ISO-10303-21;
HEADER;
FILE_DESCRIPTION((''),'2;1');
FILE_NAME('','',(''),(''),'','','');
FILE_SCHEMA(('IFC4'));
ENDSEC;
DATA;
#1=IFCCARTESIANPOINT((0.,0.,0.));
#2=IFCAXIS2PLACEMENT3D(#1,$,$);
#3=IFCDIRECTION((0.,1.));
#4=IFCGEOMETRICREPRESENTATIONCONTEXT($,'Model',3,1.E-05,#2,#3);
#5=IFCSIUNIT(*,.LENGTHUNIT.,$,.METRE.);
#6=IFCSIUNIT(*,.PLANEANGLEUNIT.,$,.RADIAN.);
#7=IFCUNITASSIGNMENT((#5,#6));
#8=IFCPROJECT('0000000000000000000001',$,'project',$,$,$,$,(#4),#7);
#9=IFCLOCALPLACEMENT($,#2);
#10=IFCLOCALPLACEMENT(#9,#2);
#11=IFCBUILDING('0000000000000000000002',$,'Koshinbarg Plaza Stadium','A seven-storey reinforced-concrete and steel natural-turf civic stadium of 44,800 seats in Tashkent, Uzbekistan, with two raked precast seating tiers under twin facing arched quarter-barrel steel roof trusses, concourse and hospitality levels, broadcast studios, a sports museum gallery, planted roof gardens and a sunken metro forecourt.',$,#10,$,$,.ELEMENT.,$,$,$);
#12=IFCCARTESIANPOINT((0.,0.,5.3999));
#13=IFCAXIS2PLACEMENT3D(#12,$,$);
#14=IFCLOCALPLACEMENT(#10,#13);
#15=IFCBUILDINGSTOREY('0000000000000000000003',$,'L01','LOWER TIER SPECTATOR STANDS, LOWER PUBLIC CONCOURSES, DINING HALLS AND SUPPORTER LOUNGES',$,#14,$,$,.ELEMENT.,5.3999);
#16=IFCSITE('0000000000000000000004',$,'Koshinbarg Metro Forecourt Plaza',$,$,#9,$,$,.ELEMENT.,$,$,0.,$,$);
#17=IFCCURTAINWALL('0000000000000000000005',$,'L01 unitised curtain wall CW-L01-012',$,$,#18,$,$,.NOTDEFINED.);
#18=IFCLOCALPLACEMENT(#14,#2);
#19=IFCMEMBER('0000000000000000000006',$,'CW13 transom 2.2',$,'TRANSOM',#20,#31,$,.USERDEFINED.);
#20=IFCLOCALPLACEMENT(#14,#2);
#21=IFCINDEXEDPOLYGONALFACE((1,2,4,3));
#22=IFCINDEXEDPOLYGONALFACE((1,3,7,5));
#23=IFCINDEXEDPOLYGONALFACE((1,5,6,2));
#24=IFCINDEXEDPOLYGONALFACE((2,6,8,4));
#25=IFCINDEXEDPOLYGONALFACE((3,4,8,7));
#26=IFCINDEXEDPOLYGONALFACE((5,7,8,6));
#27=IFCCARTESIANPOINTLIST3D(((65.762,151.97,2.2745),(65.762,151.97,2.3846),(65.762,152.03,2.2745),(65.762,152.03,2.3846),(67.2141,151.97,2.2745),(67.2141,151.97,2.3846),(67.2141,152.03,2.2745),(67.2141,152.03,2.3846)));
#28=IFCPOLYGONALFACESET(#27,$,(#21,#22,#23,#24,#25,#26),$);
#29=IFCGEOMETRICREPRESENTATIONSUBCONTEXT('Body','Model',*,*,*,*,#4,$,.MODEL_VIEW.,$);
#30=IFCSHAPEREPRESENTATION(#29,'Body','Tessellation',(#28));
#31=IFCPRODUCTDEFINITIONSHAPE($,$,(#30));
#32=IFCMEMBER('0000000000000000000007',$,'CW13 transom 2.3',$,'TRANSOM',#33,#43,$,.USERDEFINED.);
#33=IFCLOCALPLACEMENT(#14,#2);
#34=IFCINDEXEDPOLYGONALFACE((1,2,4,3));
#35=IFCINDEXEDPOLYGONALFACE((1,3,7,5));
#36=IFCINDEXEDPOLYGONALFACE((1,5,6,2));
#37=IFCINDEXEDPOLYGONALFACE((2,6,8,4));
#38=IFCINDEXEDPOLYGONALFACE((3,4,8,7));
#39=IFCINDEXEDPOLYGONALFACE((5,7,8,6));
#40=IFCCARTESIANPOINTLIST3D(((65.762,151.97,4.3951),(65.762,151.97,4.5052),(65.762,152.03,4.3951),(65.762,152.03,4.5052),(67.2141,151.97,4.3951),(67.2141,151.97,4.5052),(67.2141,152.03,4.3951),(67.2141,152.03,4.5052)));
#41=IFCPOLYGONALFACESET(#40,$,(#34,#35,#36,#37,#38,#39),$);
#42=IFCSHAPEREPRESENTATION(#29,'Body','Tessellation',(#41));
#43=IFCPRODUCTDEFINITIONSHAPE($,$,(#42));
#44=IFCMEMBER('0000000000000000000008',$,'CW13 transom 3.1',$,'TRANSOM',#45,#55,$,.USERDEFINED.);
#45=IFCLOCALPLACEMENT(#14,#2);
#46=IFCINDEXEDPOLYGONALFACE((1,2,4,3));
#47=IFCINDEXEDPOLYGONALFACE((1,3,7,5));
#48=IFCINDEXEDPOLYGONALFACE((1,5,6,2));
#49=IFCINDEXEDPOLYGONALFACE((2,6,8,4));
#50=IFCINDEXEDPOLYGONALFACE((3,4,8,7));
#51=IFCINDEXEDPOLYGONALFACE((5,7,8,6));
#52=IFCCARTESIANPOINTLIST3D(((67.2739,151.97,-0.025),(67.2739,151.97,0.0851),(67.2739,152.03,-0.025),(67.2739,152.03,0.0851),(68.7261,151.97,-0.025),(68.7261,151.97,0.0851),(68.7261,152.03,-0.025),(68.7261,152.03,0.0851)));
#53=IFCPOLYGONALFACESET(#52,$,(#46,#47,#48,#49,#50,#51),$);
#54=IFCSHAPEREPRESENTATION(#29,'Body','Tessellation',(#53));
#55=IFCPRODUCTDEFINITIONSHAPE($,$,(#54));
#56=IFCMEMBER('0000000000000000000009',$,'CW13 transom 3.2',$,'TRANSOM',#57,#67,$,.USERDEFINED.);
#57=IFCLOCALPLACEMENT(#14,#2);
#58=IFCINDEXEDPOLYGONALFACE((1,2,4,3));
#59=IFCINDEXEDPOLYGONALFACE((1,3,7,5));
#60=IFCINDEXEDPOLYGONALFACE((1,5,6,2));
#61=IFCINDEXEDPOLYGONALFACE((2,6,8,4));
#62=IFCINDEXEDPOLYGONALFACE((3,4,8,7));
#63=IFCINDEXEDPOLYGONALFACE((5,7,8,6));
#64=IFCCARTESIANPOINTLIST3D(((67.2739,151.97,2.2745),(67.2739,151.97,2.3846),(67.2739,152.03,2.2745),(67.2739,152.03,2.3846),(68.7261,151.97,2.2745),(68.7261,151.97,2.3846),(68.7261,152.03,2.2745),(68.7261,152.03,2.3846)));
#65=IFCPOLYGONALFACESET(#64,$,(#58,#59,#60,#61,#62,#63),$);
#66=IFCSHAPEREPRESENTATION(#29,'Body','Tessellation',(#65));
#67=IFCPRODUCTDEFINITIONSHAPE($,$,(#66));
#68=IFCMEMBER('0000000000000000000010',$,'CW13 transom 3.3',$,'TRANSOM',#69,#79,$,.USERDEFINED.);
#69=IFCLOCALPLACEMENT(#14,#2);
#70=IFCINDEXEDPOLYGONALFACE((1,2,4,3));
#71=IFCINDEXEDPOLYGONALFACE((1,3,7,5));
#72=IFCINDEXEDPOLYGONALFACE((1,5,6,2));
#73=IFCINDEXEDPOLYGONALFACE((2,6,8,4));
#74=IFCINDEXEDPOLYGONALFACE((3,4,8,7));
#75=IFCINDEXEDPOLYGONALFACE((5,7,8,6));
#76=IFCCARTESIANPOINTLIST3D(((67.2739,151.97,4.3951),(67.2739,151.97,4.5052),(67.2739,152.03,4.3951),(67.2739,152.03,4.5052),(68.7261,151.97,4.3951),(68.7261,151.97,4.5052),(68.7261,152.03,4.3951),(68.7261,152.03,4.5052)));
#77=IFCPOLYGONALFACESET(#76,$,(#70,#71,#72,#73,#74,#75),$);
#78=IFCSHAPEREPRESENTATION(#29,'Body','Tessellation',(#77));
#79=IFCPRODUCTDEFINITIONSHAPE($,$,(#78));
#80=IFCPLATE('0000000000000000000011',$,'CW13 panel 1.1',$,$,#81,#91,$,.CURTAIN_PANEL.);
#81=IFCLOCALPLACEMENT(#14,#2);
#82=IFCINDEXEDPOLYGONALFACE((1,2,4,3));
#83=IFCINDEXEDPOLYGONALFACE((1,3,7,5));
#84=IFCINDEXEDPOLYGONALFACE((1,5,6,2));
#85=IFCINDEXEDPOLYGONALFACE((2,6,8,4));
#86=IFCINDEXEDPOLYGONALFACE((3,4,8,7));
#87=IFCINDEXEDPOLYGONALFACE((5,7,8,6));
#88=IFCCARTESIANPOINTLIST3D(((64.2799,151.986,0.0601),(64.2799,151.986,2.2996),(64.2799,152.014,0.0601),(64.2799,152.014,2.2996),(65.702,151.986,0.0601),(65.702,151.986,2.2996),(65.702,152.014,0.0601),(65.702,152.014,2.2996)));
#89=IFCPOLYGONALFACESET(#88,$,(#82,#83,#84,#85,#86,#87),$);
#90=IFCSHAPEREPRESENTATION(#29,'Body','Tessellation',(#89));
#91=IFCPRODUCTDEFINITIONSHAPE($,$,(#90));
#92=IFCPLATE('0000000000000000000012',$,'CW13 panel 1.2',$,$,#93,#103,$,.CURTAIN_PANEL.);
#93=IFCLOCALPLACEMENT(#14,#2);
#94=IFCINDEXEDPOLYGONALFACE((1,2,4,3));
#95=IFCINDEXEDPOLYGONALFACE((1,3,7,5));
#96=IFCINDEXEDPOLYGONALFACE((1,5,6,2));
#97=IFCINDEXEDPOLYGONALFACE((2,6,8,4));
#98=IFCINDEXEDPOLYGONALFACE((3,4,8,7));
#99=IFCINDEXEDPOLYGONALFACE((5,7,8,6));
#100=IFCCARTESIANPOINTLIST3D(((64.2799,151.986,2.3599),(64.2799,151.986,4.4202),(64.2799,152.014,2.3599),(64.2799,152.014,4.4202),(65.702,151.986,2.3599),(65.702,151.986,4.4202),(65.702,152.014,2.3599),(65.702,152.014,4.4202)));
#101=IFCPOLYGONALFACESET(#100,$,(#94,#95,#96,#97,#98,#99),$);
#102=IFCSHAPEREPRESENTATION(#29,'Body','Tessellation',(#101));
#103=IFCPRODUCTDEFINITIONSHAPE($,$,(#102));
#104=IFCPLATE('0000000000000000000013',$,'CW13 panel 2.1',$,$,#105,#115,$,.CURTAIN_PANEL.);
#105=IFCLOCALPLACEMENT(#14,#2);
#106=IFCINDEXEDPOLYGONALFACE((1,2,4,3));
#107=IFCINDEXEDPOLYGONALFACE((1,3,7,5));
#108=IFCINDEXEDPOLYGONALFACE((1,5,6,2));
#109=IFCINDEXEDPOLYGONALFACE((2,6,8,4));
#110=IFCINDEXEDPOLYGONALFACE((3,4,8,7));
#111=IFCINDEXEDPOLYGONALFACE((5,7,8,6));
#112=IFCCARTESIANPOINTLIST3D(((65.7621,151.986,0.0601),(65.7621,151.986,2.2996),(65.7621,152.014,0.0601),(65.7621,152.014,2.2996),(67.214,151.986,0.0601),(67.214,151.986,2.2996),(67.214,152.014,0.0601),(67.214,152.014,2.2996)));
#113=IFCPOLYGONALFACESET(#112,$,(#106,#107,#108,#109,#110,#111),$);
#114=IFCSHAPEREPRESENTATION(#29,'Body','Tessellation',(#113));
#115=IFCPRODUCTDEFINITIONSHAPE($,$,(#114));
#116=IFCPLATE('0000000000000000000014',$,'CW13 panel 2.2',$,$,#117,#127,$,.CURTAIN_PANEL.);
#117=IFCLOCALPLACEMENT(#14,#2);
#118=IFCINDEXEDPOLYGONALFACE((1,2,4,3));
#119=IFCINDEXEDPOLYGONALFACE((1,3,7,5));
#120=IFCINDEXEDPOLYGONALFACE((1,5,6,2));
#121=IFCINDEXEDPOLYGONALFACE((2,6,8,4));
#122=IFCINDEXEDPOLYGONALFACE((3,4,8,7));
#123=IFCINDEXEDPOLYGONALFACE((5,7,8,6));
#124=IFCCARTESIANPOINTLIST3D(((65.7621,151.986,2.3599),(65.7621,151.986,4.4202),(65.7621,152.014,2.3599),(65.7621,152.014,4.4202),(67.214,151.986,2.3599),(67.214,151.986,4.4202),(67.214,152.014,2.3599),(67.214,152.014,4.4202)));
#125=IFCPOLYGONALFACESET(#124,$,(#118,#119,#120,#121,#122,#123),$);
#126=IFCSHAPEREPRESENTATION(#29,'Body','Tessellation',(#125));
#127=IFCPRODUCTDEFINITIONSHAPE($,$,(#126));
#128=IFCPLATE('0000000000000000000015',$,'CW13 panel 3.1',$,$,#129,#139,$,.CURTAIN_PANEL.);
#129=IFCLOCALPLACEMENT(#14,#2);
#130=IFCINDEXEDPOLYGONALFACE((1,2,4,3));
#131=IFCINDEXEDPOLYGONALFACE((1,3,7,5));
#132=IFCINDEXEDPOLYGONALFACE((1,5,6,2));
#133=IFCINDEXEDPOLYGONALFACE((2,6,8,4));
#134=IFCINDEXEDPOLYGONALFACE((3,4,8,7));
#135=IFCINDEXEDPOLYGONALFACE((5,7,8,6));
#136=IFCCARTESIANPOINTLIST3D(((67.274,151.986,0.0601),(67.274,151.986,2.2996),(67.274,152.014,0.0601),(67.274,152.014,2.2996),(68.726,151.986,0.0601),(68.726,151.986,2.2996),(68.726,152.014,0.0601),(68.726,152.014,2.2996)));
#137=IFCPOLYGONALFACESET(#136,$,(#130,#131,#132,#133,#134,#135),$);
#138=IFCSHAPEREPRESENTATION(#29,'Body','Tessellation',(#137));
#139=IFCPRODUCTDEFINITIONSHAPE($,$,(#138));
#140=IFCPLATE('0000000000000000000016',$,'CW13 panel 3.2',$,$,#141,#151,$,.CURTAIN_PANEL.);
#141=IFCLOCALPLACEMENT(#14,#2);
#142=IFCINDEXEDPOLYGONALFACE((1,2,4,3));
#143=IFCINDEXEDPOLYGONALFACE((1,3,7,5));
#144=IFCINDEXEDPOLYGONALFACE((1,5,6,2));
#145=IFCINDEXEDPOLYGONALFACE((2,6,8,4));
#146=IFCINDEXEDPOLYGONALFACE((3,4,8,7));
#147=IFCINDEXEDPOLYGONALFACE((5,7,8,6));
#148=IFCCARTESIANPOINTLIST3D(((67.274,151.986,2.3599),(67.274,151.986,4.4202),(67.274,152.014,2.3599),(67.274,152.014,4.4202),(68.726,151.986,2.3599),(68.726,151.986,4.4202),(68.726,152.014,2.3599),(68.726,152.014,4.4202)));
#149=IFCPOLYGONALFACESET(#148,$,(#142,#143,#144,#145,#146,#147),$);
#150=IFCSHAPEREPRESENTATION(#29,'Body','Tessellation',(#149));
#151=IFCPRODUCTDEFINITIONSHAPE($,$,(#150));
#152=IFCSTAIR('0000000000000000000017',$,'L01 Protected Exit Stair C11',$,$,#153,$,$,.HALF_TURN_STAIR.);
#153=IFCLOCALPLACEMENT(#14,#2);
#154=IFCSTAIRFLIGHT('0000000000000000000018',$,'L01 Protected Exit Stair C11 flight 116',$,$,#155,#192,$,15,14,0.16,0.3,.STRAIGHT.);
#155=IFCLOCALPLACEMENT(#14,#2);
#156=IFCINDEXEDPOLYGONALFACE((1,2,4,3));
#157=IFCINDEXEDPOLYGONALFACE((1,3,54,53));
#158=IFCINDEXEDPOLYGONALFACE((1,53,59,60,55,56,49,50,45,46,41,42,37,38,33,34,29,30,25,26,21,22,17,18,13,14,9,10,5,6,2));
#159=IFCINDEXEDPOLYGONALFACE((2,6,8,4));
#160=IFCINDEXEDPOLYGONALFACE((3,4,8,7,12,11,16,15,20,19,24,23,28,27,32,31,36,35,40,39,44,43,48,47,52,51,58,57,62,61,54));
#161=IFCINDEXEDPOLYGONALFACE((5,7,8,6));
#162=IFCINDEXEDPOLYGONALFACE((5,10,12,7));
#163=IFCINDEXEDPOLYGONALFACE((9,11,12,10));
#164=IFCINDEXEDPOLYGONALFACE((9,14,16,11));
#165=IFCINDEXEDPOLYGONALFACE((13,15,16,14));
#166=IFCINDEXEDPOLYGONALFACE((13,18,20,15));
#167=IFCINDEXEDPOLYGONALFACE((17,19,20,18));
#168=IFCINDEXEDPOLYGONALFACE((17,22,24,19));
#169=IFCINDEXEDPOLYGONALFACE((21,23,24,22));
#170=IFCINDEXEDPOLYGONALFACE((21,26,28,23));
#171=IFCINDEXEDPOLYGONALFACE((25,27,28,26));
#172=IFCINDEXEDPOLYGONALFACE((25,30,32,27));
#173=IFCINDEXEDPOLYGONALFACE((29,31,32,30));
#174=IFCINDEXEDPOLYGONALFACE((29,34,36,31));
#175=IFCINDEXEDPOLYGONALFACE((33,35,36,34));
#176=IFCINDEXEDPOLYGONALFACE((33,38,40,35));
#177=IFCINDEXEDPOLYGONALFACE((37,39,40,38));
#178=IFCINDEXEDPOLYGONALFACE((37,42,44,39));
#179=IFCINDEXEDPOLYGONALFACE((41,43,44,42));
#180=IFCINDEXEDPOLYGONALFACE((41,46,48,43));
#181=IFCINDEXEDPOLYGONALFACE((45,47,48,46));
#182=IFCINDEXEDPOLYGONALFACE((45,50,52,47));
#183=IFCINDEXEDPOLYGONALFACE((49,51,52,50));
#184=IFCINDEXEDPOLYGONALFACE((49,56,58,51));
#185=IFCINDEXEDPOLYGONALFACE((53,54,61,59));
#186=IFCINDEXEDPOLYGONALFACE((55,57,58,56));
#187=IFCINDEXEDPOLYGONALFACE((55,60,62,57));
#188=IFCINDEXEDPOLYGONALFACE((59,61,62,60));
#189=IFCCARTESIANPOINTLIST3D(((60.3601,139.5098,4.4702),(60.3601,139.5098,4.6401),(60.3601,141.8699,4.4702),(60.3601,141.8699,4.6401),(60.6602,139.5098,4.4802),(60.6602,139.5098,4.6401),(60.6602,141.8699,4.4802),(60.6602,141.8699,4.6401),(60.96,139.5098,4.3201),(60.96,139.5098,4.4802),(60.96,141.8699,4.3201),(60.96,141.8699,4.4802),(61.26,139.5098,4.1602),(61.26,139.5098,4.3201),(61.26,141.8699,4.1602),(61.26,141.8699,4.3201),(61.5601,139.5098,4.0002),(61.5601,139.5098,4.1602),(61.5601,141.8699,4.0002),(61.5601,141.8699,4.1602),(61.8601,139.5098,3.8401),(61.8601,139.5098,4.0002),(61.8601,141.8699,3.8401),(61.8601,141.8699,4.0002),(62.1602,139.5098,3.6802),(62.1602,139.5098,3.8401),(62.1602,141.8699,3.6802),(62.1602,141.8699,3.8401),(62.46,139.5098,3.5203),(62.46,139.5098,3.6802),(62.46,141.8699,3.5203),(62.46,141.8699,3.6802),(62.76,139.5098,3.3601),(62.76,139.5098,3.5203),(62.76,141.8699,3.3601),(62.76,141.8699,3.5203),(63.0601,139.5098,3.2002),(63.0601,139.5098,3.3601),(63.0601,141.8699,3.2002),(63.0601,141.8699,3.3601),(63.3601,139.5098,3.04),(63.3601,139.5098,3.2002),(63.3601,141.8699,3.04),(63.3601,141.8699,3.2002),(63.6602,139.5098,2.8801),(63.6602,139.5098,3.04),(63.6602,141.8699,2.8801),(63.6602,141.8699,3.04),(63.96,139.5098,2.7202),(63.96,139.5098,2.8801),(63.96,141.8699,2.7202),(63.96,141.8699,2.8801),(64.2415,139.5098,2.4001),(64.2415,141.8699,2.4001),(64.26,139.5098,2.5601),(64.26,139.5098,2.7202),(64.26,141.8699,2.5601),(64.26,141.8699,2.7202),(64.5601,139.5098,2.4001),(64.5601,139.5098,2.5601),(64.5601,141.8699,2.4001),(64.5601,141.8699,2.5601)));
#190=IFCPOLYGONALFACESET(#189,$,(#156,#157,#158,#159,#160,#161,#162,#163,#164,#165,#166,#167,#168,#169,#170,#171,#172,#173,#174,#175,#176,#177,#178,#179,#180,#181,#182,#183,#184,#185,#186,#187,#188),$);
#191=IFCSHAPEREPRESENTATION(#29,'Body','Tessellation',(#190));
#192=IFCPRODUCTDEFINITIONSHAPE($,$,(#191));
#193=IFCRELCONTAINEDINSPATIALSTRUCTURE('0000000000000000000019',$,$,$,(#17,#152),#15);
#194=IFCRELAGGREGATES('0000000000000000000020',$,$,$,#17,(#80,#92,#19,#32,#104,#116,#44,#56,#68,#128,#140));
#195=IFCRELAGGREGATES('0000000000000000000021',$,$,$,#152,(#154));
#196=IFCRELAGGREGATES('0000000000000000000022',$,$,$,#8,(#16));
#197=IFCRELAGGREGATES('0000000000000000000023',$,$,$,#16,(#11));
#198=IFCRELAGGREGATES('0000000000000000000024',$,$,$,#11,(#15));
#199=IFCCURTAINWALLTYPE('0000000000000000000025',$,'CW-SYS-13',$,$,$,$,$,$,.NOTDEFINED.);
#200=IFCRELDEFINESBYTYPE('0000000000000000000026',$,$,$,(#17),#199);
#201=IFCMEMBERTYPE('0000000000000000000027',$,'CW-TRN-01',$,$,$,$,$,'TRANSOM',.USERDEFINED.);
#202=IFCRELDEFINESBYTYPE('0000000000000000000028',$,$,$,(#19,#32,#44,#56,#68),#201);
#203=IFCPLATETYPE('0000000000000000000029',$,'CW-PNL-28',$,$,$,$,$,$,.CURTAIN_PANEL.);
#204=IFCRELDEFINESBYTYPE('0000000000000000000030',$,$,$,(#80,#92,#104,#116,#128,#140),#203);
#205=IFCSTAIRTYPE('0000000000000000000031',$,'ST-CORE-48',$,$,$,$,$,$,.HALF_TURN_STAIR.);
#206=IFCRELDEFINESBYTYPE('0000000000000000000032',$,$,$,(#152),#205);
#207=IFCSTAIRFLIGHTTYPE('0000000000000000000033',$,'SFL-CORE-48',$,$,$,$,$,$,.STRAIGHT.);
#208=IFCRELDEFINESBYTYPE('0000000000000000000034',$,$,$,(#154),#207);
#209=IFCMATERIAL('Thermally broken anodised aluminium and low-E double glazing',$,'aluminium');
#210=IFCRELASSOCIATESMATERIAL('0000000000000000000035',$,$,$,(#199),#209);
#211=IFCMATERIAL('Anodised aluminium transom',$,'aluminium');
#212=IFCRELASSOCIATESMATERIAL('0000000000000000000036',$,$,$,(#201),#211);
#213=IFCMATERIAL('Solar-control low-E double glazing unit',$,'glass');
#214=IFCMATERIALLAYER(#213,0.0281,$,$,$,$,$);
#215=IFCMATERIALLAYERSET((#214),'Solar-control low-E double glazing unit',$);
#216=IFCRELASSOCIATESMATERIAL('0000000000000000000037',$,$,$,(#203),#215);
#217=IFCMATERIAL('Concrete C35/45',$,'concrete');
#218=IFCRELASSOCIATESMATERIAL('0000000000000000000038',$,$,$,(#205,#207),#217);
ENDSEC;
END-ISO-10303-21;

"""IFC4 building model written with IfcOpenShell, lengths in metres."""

from ifc_helpers import new_model, si_unit, direction, frame, origin, origin_2d, place, context, subcontext, project, spatial, polyline, rectangle, outline, extrude, material, layer, layer_set, material_profile, profile_set, type_object, element, aggregate, save


model = new_model("IFC4")

# Units and contexts
model_context = context("Model", 3, precision=1e-05, world=origin(), true_north=direction((0.0, 1.0)))
body_context = subcontext(model_context, "Body", "Model", "MODEL_VIEW")
ifc_project = project(units=[si_unit("LENGTHUNIT", "METRE"), si_unit("PLANEANGLEUNIT", "RADIAN")], contexts=[model_context])

# Site, building, storey
site_placement = place(None, origin())
site = spatial("IfcSite", under=ifc_project, at=site_placement, Name="Koshinbarg Metro Forecourt Plaza", CompositionType="ELEMENT", RefElevation=0.0)
building_placement = place(site_placement, origin())
building = spatial("IfcBuilding", under=site, at=building_placement, Name="Koshinbarg Plaza Stadium", Description="A seven-storey reinforced-concrete and steel natural-turf civic stadium of 44,800 seats in Tashkent, Uzbekistan, with two raked precast seating tiers under twin facing arched quarter-barrel steel roof trusses, concourse and hospitality levels, broadcast studios, a sports museum gallery, planted roof gardens and a sunken metro forecourt.", CompositionType="ELEMENT")
storey_placement = place(building_placement, frame((0.0, 0.0, 5.3999)))
storey = spatial("IfcBuildingStorey", under=building, at=storey_placement, Name="L01", Description="LOWER TIER SPECTATOR STANDS, LOWER PUBLIC CONCOURSES, DINING HALLS AND SUPPORTER LOUNGES", CompositionType="ELEMENT", Elevation=5.3999)

# Curtain wall, members, plates
ifc_material_1 = material(Name="Thermally broken anodised aluminium and low-E double glazing", Category="aluminium")
curtain_wall_type = type_object("IfcCurtainWallType", Name="CW-SYS-13", PredefinedType="NOTDEFINED", material=ifc_material_1)
curtain_wall_placement = place(storey_placement, origin())
curtain_wall = element("IfcCurtainWall", 1, at=curtain_wall_placement, inside=storey, type_object=curtain_wall_type, Name="L01 unitised curtain wall CW-L01-012", PredefinedType="NOTDEFINED")
ifc_material_2 = material(Name="Anodised aluminium transom", Category="aluminium")
ifc_material_profile_1 = material_profile(ifc_material_2, rectangle(XDim=0.0601, YDim=0.1101, at=origin_2d()), Name="ALU 60x110")
ifc_profile_set_1 = profile_set([ifc_material_profile_1], Name="Anodised aluminium transom")
member_type_1 = type_object("IfcMemberType", Name="CW-TRN-01", ElementType="TRANSOM", PredefinedType="USERDEFINED", material=ifc_profile_set_1)
member_1_placement = place(storey_placement, frame((65.762, 152.0, 2.3296), z_axis=(1.0, 0.0, 0.0), x_axis=(0.0, 1.0, 0.0)))
member_1 = element("IfcMember", 2, at=member_1_placement, type_object=member_type_1, Name="CW13 transom 2.2", ObjectType="TRANSOM", PredefinedType="USERDEFINED", context=body_context, shape_type="SweptSolid", body=[
    extrude(rectangle(XDim=0.0601, YDim=0.1101, at=origin_2d()), origin(), (0.0, 0.0, 1.0), 1.4521),
])
member_2_placement = place(storey_placement, frame((65.762, 152.0, 4.4502), z_axis=(1.0, 0.0, 0.0), x_axis=(0.0, 1.0, 0.0)))
member_2 = element("IfcMember", 3, at=member_2_placement, type_object=member_type_1, Name="CW13 transom 2.3", ObjectType="TRANSOM", PredefinedType="USERDEFINED", context=body_context, shape_type="SweptSolid", body=[
    extrude(rectangle(XDim=0.0601, YDim=0.1101, at=origin_2d()), origin(), (0.0, 0.0, 1.0), 1.4521),
])
member_3_placement = place(storey_placement, frame((67.2739, 152.0, 0.03), z_axis=(1.0, 0.0, 0.0), x_axis=(0.0, 1.0, 0.0)))
member_3 = element("IfcMember", 4, at=member_3_placement, type_object=member_type_1, Name="CW13 transom 3.1", ObjectType="TRANSOM", PredefinedType="USERDEFINED", context=body_context, shape_type="SweptSolid", body=[
    extrude(rectangle(XDim=0.0601, YDim=0.1101, at=origin_2d()), origin(), (0.0, 0.0, 1.0), 1.4521),
])
member_4_placement = place(storey_placement, frame((67.2739, 152.0, 2.3296), z_axis=(1.0, 0.0, 0.0), x_axis=(0.0, 1.0, 0.0)))
member_4 = element("IfcMember", 5, at=member_4_placement, type_object=member_type_1, Name="CW13 transom 3.2", ObjectType="TRANSOM", PredefinedType="USERDEFINED", context=body_context, shape_type="SweptSolid", body=[
    extrude(rectangle(XDim=0.0601, YDim=0.1101, at=origin_2d()), origin(), (0.0, 0.0, 1.0), 1.4521),
])
member_5_placement = place(storey_placement, frame((67.2739, 152.0, 4.4502), z_axis=(1.0, 0.0, 0.0), x_axis=(0.0, 1.0, 0.0)))
member_5 = element("IfcMember", 6, at=member_5_placement, type_object=member_type_1, Name="CW13 transom 3.3", ObjectType="TRANSOM", PredefinedType="USERDEFINED", context=body_context, shape_type="SweptSolid", body=[
    extrude(rectangle(XDim=0.0601, YDim=0.1101, at=origin_2d()), origin(), (0.0, 0.0, 1.0), 1.4521),
])
ifc_material_3 = material(Name="Solar-control low-E double glazing unit", Category="glass")
ifc_layer = layer(ifc_material_3, 0.0281)
ifc_layer_set = layer_set([ifc_layer], Name="Solar-control low-E double glazing unit")
plate_type = type_object("IfcPlateType", Name="CW-PNL-28", PredefinedType="CURTAIN_PANEL", material=ifc_layer_set)
plate_1_placement = place(storey_placement, frame((64.991, 152.0, 0.0601), z_axis=(0.0, 0.0, 1.0), x_axis=(1.0, 0.0, 0.0)))
plate_1 = element("IfcPlate", 7, at=plate_1_placement, type_object=plate_type, Name="CW13 panel 1.1", PredefinedType="CURTAIN_PANEL", context=body_context, shape_type="SweptSolid", body=[
    extrude(rectangle(XDim=1.4221, YDim=0.0281, at=origin_2d()), origin(), (0.0, 0.0, 1.0), 2.2395),
])
plate_2_placement = place(storey_placement, frame((64.991, 152.0, 2.3599), z_axis=(0.0, 0.0, 1.0), x_axis=(1.0, 0.0, 0.0)))
plate_2 = element("IfcPlate", 8, at=plate_2_placement, type_object=plate_type, Name="CW13 panel 1.2", PredefinedType="CURTAIN_PANEL", context=body_context, shape_type="SweptSolid", body=[
    extrude(rectangle(XDim=1.4221, YDim=0.0281, at=origin_2d()), origin(), (0.0, 0.0, 1.0), 2.0603),
])
plate_3_placement = place(storey_placement, frame((66.488, 152.0, 0.0601), z_axis=(0.0, 0.0, 1.0), x_axis=(1.0, 0.0, 0.0)))
plate_3 = element("IfcPlate", 9, at=plate_3_placement, type_object=plate_type, Name="CW13 panel 2.1", PredefinedType="CURTAIN_PANEL", context=body_context, shape_type="SweptSolid", body=[
    extrude(rectangle(XDim=1.4519, YDim=0.0281, at=origin_2d()), origin(), (0.0, 0.0, 1.0), 2.2395),
])
plate_4_placement = place(storey_placement, frame((66.488, 152.0, 2.3599), z_axis=(0.0, 0.0, 1.0), x_axis=(1.0, 0.0, 0.0)))
plate_4 = element("IfcPlate", 10, at=plate_4_placement, type_object=plate_type, Name="CW13 panel 2.2", PredefinedType="CURTAIN_PANEL", context=body_context, shape_type="SweptSolid", body=[
    extrude(rectangle(XDim=1.4519, YDim=0.0281, at=origin_2d()), origin(), (0.0, 0.0, 1.0), 2.0603),
])
plate_5_placement = place(storey_placement, frame((68.0, 152.0, 0.0601), z_axis=(0.0, 0.0, 1.0), x_axis=(1.0, 0.0, 0.0)))
plate_5 = element("IfcPlate", 11, at=plate_5_placement, type_object=plate_type, Name="CW13 panel 3.1", PredefinedType="CURTAIN_PANEL", context=body_context, shape_type="SweptSolid", body=[
    extrude(rectangle(XDim=1.4519, YDim=0.0281, at=origin_2d()), origin(), (0.0, 0.0, 1.0), 2.2395),
])
plate_6_placement = place(storey_placement, frame((68.0, 152.0, 2.3599), z_axis=(0.0, 0.0, 1.0), x_axis=(1.0, 0.0, 0.0)))
plate_6 = element("IfcPlate", 12, at=plate_6_placement, type_object=plate_type, Name="CW13 panel 3.2", PredefinedType="CURTAIN_PANEL", context=body_context, shape_type="SweptSolid", body=[
    extrude(rectangle(XDim=1.4519, YDim=0.0281, at=origin_2d()), origin(), (0.0, 0.0, 1.0), 2.0603),
])
aggregate(curtain_wall, [plate_1, plate_2, member_1, member_2, plate_3, plate_4, member_3, member_4, member_5, plate_5, plate_6])

# Stair, stair flight
ifc_material_4 = material(Name="Concrete C35/45", Category="concrete")
stair_type = type_object("IfcStairType", Name="ST-CORE-48", PredefinedType="HALF_TURN_STAIR", material=ifc_material_4)
stair_placement = place(storey_placement, origin())
stair = element("IfcStair", 13, at=stair_placement, inside=storey, type_object=stair_type, Name="L01 Protected Exit Stair C11", PredefinedType="HALF_TURN_STAIR")
stair_flight_type = type_object("IfcStairFlightType", Name="SFL-CORE-48", PredefinedType="STRAIGHT", material=ifc_material_4)
stair_flight_placement = place(storey_placement, frame((64.5601, 140.6899, 2.4001), z_axis=(0.0, 0.0, 1.0), x_axis=(-1.0, 0.0, 0.0)))
stair_flight = element("IfcStairFlight", 14, at=stair_flight_placement, type_object=stair_flight_type, Name="L01 Protected Exit Stair C11 flight 116", NumberOfRisers=15, NumberOfTreads=14, PredefinedType="STRAIGHT", RiserHeight=0.16, TreadLength=0.3, context=body_context, shape_type="SweptSolid", body=[
    extrude(outline(polyline([(0.0, 0.0), (0.0, 0.1599), (0.3, 0.1599), (0.3, 0.3201), (0.6001, 0.3201), (0.6001, 0.48), (0.8999, 0.48), (0.8999, 0.6399), (1.2, 0.6399), (1.2, 0.8), (1.5, 0.8), (1.5, 0.96), (1.8, 0.96), (1.8, 1.1201), (2.1001, 1.1201), (2.1001, 1.28), (2.3999, 1.28), (2.3999, 1.4399), (2.7, 1.4399), (2.7, 1.6001), (3.0, 1.6001), (3.0, 1.76), (3.3, 1.76), (3.3, 1.9199), (3.6001, 1.9199), (3.6001, 2.0801), (3.8999, 2.0801), (3.8999, 2.24), (4.2, 2.24), (4.2, 2.3999), (4.2, 2.0701), (0.3186, 0.0), (0.0, 0.0)])), frame((0.0, 1.1802, 0.0), z_axis=(0.0, -1.0, 0.0), x_axis=(1.0, 0.0, 0.0)), (0.0, 0.0, 1.0), 2.3601),
])
aggregate(stair, [stair_flight])

save(model, "model.ifc")
